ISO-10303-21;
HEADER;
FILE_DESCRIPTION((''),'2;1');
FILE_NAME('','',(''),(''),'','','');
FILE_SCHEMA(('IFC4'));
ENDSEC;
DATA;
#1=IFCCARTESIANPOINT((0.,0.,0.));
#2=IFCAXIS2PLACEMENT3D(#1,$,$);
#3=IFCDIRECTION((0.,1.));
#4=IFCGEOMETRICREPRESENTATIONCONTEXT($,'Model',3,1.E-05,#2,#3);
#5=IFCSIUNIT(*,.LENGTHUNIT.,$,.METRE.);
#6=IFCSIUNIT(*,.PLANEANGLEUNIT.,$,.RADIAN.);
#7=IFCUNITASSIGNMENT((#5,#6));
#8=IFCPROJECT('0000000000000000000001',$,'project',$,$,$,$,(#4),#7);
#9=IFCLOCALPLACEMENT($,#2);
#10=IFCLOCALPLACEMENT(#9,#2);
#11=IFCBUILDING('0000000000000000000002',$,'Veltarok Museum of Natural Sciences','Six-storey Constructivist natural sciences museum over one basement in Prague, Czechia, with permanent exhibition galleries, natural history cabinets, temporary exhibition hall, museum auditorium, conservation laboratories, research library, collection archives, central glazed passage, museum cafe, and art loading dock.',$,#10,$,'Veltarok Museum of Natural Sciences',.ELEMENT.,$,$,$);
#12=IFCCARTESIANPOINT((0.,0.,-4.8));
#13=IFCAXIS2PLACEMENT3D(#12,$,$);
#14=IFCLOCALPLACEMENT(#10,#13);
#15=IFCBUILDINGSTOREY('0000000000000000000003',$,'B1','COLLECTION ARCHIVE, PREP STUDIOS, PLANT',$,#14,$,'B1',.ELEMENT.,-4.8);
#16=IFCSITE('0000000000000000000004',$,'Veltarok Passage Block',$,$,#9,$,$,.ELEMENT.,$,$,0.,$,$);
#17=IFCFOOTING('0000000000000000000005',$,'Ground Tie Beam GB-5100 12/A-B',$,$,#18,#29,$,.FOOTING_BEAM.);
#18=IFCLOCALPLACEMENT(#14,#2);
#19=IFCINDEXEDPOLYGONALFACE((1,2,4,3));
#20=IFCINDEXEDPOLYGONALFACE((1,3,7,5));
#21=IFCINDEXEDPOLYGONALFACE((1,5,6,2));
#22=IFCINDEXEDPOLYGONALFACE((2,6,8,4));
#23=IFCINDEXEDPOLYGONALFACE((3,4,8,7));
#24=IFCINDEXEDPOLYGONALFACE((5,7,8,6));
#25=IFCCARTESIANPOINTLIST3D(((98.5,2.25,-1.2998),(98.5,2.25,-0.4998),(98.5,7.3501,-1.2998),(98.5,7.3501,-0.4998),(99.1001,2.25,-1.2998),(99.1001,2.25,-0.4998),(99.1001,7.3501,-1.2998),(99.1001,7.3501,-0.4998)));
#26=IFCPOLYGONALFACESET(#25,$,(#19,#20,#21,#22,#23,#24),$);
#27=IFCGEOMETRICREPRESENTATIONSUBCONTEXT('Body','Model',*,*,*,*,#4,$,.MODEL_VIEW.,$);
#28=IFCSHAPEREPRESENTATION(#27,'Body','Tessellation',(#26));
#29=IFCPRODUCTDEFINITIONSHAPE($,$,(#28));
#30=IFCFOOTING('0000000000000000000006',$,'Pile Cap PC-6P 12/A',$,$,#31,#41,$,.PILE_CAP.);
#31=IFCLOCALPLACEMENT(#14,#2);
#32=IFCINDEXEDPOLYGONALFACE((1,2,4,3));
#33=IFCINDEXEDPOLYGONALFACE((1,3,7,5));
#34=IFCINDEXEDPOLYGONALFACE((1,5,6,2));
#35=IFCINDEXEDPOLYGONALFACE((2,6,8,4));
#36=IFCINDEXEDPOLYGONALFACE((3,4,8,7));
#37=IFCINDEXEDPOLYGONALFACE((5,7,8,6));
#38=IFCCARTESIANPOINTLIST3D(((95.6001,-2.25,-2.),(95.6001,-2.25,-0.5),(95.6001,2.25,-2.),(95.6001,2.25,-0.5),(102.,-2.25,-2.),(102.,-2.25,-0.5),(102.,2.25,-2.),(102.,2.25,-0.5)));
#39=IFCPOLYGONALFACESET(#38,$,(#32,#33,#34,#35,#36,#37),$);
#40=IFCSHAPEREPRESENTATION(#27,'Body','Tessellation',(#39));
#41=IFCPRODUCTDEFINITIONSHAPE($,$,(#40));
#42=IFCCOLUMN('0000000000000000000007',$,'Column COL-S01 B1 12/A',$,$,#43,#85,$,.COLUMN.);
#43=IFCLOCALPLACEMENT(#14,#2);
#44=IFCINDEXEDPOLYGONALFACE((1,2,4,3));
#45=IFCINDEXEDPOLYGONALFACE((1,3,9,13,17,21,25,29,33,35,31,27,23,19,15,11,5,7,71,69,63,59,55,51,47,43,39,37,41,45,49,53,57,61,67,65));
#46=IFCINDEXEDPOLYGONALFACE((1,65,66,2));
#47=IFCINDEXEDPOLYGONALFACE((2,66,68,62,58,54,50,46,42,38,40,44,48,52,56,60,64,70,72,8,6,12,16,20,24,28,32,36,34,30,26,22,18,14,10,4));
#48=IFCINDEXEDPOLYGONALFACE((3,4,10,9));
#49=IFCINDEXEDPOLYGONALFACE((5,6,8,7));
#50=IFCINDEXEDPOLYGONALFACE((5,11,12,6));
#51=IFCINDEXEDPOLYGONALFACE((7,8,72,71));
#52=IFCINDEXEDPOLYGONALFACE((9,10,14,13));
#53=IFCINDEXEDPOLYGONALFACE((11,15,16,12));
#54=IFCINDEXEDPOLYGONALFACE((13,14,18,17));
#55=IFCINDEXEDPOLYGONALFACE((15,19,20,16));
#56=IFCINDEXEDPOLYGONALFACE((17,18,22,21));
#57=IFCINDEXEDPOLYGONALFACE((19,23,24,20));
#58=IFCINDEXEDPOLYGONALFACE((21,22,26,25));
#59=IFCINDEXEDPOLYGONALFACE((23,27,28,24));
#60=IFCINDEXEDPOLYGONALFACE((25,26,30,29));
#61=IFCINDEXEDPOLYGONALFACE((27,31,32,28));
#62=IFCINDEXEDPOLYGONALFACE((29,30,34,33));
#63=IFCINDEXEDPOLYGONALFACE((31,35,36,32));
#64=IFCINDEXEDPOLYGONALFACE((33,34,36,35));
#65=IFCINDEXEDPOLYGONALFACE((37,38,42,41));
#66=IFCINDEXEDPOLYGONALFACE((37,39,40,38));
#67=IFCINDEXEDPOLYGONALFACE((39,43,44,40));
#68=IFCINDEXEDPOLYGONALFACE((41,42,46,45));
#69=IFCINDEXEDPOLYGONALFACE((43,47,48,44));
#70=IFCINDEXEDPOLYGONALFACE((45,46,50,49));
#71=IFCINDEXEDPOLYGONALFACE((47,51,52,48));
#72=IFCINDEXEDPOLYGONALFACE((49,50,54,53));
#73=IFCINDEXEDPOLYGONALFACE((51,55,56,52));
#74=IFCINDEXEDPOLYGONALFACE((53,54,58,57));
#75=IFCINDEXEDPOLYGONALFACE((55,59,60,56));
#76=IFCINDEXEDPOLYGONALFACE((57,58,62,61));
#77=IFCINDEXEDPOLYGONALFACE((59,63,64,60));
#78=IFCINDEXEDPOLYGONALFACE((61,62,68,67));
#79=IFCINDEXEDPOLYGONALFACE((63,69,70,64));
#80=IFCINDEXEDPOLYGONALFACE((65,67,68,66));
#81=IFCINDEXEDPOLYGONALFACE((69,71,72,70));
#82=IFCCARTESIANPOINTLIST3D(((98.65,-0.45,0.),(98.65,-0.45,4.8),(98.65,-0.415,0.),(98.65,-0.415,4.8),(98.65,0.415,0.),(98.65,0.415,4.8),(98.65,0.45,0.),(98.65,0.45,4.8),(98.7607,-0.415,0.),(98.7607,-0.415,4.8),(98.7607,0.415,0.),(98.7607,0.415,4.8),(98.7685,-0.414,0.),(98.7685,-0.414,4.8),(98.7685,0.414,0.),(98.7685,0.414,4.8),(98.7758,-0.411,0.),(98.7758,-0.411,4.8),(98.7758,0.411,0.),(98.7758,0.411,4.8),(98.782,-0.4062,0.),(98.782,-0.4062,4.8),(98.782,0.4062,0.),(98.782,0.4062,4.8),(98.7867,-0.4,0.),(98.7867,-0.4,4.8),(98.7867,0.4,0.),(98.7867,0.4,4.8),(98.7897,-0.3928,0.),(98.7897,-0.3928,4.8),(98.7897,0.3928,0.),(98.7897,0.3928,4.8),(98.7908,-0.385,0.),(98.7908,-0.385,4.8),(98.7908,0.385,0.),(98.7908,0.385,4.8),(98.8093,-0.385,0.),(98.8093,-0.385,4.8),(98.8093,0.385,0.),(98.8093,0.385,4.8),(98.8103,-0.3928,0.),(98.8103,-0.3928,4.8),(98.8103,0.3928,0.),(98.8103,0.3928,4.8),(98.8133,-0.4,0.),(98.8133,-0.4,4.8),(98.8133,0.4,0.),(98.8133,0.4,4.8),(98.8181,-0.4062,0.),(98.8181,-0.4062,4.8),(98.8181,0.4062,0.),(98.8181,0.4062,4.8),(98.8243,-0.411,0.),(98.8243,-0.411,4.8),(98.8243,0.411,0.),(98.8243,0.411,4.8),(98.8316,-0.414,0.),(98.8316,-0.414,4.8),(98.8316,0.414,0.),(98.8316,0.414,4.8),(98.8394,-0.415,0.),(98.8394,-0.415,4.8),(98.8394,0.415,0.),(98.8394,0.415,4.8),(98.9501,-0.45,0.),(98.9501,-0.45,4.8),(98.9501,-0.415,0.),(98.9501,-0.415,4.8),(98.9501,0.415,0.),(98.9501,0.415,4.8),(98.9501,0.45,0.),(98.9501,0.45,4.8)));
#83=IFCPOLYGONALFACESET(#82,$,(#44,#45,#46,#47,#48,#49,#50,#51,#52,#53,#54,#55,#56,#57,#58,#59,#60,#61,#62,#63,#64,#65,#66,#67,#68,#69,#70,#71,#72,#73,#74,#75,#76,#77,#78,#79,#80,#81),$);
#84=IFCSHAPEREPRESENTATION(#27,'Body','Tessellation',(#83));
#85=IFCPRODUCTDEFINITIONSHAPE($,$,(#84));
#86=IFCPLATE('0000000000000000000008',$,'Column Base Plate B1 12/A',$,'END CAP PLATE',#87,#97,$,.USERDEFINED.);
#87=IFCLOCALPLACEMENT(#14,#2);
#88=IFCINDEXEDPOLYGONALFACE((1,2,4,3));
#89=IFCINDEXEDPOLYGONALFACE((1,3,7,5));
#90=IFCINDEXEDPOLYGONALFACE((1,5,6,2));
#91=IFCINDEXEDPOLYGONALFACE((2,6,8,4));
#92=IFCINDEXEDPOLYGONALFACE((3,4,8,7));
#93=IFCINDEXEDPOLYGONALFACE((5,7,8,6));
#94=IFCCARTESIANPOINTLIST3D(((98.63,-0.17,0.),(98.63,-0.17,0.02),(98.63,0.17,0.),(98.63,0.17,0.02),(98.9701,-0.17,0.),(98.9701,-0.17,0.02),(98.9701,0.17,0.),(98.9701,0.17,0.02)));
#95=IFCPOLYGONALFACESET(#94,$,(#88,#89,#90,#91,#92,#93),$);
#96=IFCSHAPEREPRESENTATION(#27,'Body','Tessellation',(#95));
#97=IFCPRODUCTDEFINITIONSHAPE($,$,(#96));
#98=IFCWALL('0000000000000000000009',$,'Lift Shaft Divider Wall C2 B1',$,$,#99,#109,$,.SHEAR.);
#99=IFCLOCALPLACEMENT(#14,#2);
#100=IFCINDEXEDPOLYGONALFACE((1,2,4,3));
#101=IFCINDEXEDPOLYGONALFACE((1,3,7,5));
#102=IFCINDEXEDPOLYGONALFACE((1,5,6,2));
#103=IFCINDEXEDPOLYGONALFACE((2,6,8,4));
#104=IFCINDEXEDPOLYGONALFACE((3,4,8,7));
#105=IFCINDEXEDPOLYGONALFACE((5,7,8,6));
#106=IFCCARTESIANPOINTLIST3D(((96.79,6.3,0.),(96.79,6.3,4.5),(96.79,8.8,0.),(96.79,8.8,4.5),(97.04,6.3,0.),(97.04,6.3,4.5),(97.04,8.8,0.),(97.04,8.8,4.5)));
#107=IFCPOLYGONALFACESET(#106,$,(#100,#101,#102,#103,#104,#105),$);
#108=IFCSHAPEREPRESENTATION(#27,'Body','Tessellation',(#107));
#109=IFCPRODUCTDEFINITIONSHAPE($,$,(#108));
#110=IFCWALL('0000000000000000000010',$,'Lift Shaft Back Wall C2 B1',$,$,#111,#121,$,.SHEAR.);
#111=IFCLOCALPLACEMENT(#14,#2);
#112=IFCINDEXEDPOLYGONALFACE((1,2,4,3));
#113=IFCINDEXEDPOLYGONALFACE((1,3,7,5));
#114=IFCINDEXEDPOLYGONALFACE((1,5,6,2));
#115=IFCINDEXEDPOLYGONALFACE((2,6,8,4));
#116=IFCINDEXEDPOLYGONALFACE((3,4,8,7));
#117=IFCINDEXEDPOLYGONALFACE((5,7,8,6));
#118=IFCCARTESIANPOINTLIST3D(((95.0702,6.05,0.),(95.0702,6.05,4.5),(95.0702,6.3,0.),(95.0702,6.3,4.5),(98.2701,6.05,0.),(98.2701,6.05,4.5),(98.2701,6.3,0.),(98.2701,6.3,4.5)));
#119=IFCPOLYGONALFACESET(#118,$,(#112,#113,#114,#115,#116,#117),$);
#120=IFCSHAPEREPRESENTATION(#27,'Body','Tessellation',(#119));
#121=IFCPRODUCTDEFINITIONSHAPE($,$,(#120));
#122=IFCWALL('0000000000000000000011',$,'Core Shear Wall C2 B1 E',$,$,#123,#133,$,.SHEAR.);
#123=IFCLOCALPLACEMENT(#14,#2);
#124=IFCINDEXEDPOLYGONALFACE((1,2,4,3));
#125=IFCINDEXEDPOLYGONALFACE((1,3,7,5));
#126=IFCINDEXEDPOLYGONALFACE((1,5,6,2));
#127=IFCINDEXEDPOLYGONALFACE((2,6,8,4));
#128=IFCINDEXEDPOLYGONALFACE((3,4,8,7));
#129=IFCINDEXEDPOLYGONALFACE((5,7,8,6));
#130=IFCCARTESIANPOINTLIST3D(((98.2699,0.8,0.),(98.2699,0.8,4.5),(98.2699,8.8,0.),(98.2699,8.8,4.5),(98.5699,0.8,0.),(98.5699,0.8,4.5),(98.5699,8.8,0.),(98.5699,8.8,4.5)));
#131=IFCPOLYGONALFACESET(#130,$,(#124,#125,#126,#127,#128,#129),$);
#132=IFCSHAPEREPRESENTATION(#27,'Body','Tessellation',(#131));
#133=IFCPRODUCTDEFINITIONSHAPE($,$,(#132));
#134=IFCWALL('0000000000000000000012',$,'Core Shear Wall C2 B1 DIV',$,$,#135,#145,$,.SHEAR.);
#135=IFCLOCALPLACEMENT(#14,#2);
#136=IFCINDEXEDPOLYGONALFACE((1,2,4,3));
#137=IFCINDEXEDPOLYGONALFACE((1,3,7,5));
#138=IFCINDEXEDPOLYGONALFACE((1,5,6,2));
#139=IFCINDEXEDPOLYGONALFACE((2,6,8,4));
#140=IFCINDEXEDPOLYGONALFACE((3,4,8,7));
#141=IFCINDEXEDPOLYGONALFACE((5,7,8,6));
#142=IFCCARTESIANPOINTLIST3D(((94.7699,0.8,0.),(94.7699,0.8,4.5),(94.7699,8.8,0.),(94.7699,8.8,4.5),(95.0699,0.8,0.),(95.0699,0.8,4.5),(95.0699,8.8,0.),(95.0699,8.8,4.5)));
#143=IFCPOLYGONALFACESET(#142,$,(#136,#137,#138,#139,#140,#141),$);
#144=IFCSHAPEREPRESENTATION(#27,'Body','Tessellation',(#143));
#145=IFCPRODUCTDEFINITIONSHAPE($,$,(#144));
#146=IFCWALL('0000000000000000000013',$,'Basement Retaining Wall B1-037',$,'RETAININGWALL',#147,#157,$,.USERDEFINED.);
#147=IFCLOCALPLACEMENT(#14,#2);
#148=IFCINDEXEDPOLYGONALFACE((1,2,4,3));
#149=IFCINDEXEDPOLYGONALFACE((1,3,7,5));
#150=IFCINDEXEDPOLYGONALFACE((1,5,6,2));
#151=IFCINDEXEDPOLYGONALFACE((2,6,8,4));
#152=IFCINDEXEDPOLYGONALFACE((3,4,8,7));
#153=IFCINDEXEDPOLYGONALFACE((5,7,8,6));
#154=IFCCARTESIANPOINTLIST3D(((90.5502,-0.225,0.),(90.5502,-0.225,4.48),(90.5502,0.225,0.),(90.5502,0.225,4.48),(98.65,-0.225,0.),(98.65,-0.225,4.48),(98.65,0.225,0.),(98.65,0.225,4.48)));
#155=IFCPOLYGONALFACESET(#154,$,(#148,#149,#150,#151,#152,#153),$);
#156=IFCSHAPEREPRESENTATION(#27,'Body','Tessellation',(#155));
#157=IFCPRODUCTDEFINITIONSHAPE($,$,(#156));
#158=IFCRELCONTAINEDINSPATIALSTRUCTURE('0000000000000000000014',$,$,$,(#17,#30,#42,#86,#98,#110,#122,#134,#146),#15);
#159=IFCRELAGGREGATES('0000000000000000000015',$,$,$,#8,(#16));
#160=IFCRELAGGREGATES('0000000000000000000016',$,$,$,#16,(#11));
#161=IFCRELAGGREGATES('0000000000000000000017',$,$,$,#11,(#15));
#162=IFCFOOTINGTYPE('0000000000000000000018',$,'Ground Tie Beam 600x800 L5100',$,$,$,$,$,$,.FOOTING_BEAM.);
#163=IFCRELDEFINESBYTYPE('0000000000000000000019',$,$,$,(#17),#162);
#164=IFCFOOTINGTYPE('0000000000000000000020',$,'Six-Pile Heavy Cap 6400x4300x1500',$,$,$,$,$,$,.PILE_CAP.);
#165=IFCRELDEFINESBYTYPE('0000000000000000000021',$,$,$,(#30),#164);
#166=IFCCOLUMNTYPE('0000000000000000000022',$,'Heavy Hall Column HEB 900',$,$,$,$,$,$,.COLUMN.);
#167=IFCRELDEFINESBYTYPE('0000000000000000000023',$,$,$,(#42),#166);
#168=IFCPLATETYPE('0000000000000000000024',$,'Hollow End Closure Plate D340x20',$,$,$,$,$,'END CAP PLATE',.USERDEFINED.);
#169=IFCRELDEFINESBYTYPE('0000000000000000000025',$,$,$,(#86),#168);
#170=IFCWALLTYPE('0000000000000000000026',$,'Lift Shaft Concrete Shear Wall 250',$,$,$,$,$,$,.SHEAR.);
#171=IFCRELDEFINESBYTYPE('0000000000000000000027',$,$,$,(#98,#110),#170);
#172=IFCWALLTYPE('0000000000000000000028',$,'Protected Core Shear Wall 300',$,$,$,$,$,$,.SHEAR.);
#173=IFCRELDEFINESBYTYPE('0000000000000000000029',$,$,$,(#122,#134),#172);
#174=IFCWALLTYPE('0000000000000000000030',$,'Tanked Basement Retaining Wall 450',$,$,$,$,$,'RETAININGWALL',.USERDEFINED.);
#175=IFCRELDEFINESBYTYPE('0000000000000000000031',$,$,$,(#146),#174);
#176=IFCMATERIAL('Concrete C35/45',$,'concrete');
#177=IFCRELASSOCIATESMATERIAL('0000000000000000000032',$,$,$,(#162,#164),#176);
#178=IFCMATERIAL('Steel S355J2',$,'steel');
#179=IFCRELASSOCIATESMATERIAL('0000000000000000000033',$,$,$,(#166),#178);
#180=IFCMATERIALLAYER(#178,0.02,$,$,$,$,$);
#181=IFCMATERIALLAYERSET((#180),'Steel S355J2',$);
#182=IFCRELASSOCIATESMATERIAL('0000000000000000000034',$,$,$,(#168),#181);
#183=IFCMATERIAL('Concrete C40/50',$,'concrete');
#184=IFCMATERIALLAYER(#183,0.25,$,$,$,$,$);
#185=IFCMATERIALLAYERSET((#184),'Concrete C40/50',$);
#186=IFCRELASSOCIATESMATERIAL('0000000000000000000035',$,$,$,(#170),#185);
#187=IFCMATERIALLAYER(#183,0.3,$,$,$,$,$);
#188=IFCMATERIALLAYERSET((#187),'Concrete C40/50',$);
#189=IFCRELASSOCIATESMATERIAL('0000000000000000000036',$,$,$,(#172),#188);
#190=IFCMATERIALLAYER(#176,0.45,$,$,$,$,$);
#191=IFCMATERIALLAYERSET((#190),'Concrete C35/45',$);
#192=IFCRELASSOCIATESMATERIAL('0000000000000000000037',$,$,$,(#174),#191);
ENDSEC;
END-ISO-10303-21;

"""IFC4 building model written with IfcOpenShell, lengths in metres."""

from ifc_helpers import new_model, si_unit, direction, frame, frame_2d, origin, origin_2d, place, context, subcontext, project, spatial, rectangle, i_section, extrude, material, layer, layer_set, material_profile, profile_set, type_object, element, save


model = new_model("IFC4")

# Units and contexts
model_context = context("Model", 3, precision=1e-05, world=origin(), true_north=direction((0.0, 1.0)))
body_context = subcontext(model_context, "Body", "Model", "MODEL_VIEW")
ifc_project = project(units=[si_unit("LENGTHUNIT", "METRE"), si_unit("PLANEANGLEUNIT", "RADIAN")], contexts=[model_context])

# Site, building, storey
site_placement = place(None, origin())
site = spatial("IfcSite", under=ifc_project, at=site_placement, Name="Veltarok Passage Block", CompositionType="ELEMENT", RefElevation=0.0)
building_placement = place(site_placement, origin())
building = spatial("IfcBuilding", under=site, at=building_placement, Name="Veltarok Museum of Natural Sciences", Description="Six-storey Constructivist natural sciences museum over one basement in Prague, Czechia, with permanent exhibition galleries, natural history cabinets, temporary exhibition hall, museum auditorium, conservation laboratories, research library, collection archives, central glazed passage, museum cafe, and art loading dock.", LongName="Veltarok Museum of Natural Sciences", CompositionType="ELEMENT")
storey_placement = place(building_placement, frame((0.0, 0.0, -4.8)))
storey = spatial("IfcBuildingStorey", under=building, at=storey_placement, Name="B1", Description="COLLECTION ARCHIVE, PREP STUDIOS, PLANT", LongName="B1", CompositionType="ELEMENT", Elevation=-4.8)

# Shared definitions
ifc_material_1 = material(Name="Concrete C35/45", Category="concrete")

# Footings
footing_type_1 = type_object("IfcFootingType", Name="Ground Tie Beam 600x800 L5100", PredefinedType="FOOTING_BEAM", material=ifc_material_1)
footing_1_placement = place(storey_placement, frame((98.8, 4.8, -1.2998), z_axis=(0.0, 0.0, 1.0), x_axis=(0.0, 1.0, 0.0)))
element("IfcFooting", 1, at=footing_1_placement, inside=storey, type_object=footing_type_1, Name="Ground Tie Beam GB-5100 12/A-B", PredefinedType="FOOTING_BEAM", context=body_context, shape_type="SweptSolid", body=[
    extrude(rectangle(XDim=5.1001, YDim=0.6001, at=origin_2d()), origin(), (0.0, 0.0, 1.0), 0.8),
])
footing_type_2 = type_object("IfcFootingType", Name="Six-Pile Heavy Cap 6400x4300x1500", PredefinedType="PILE_CAP", material=ifc_material_1)
footing_2_placement = place(storey_placement, frame((98.8, 0.0, -2.0), z_axis=(0.0, 0.0, 1.0), x_axis=(1.0, 0.0, 0.0)))
element("IfcFooting", 2, at=footing_2_placement, inside=storey, type_object=footing_type_2, Name="Pile Cap PC-6P 12/A", PredefinedType="PILE_CAP", context=body_context, shape_type="SweptSolid", body=[
    extrude(rectangle(XDim=6.3999, YDim=4.5, at=origin_2d()), origin(), (0.0, 0.0, 1.0), 1.5),
])

# Column
ifc_material_2 = material(Name="Steel S355J2", Category="steel")
ifc_material_profile_1 = material_profile(ifc_material_2, i_section(OverallWidth=0.3, OverallDepth=0.8999, WebThickness=0.0186, FlangeThickness=0.0349, FilletRadius=0.03, at=origin_2d()), Name="HEB 900")
ifc_profile_set_1 = profile_set([ifc_material_profile_1], Name="Steel S355J2")
column_type = type_object("IfcColumnType", Name="Heavy Hall Column HEB 900", PredefinedType="COLUMN", material=ifc_profile_set_1)
column_placement = place(storey_placement, frame((98.8, 0.0, 0.0), z_axis=(0.0, 0.0, 1.0), x_axis=(1.0, 0.0, 0.0)))
element("IfcColumn", 3, at=column_placement, inside=storey, type_object=column_type, Name="Column COL-S01 B1 12/A", PredefinedType="COLUMN", context=body_context, shape_type="SweptSolid", body=[
    extrude(i_section(OverallWidth=0.3, OverallDepth=0.8999, WebThickness=0.0186, FlangeThickness=0.0349, FilletRadius=0.03, at=origin_2d()), origin(), (0.0, 0.0, 1.0), 4.8),
])

# Plate
ifc_layer_1 = layer(ifc_material_2, 0.02)
ifc_layer_set_1 = layer_set([ifc_layer_1], Name="Steel S355J2")
plate_type = type_object("IfcPlateType", Name="Hollow End Closure Plate D340x20", ElementType="END CAP PLATE", PredefinedType="USERDEFINED", material=ifc_layer_set_1)
plate_placement = place(storey_placement, frame((98.8, 0.0, 0.0), z_axis=(0.0, 0.0, 1.0), x_axis=(1.0, 0.0, 0.0)))
element("IfcPlate", 4, at=plate_placement, inside=storey, type_object=plate_type, Name="Column Base Plate B1 12/A", ObjectType="END CAP PLATE", PredefinedType="USERDEFINED", context=body_context, shape_type="SweptSolid", body=[
    extrude(rectangle(XDim=0.3401, YDim=0.3401, at=origin_2d()), origin(), (0.0, 0.0, 1.0), 0.02),
])

# Walls
ifc_material_3 = material(Name="Concrete C40/50", Category="concrete")
ifc_layer_2 = layer(ifc_material_3, 0.25)
ifc_layer_set_2 = layer_set([ifc_layer_2], Name="Concrete C40/50")
wall_type_1 = type_object("IfcWallType", Name="Lift Shaft Concrete Shear Wall 250", PredefinedType="SHEAR", material=ifc_layer_set_2)
wall_1_placement = place(storey_placement, frame((96.915, 6.3, 0.0), z_axis=(0.0, 0.0, 1.0), x_axis=(0.0, 1.0, 0.0)))
element("IfcWall", 5, at=wall_1_placement, inside=storey, type_object=wall_type_1, Name="Lift Shaft Divider Wall C2 B1", PredefinedType="SHEAR", context=body_context, shape_type="SweptSolid", body=[
    extrude(rectangle(XDim=2.5, YDim=0.25, at=frame_2d((1.25, 0.0))), origin(), (0.0, 0.0, 1.0), 4.5),
])
wall_2_placement = place(storey_placement, frame((95.0701, 6.175, 0.0), z_axis=(0.0, 0.0, 1.0), x_axis=(1.0, 0.0, 0.0)))
element("IfcWall", 6, at=wall_2_placement, inside=storey, type_object=wall_type_1, Name="Lift Shaft Back Wall C2 B1", PredefinedType="SHEAR", context=body_context, shape_type="SweptSolid", body=[
    extrude(rectangle(XDim=3.2, YDim=0.25, at=frame_2d((1.6001, 0.0))), origin(), (0.0, 0.0, 1.0), 4.5),
])
ifc_layer_3 = layer(ifc_material_3, 0.3)
ifc_layer_set_3 = layer_set([ifc_layer_3], Name="Concrete C40/50")
wall_type_2 = type_object("IfcWallType", Name="Protected Core Shear Wall 300", PredefinedType="SHEAR", material=ifc_layer_set_3)
for number, where, z_axis, x_axis, name in (
    (7, (98.4199, 0.8, 0.0), (0.0, 0.0, 1.0), (0.0, 1.0, 0.0), "Core Shear Wall C2 B1 E"),
    (8, (94.9199, 0.8, 0.0), (0.0, 0.0, 1.0), (0.0, 1.0, 0.0), "Core Shear Wall C2 B1 DIV"),
):
    element("IfcWall", number, at=place(storey_placement, frame(where, z_axis=z_axis, x_axis=x_axis)), inside=storey, type_object=wall_type_2, Name=name, PredefinedType="SHEAR", context=body_context, shape_type="SweptSolid", body=[
        extrude(rectangle(XDim=8.0, YDim=0.3, at=frame_2d((4.0, 0.0))), origin(), (0.0, 0.0, 1.0), 4.5),
    ])
ifc_layer_4 = layer(ifc_material_1, 0.45)
ifc_layer_set_4 = layer_set([ifc_layer_4], Name="Concrete C35/45")
wall_type_3 = type_object("IfcWallType", Name="Tanked Basement Retaining Wall 450", ElementType="RETAININGWALL", PredefinedType="USERDEFINED", material=ifc_layer_set_4)
wall_3_placement = place(storey_placement, frame((98.6499, 0.0, 0.0), z_axis=(0.0, 0.0, 1.0), x_axis=(-1.0, 0.0, 0.0)))
element("IfcWall", 9, at=wall_3_placement, inside=storey, type_object=wall_type_3, Name="Basement Retaining Wall B1-037", ObjectType="RETAININGWALL", PredefinedType="USERDEFINED", context=body_context, shape_type="SweptSolid", body=[
    extrude(rectangle(XDim=8.0999, YDim=0.45, at=frame_2d((4.0498, 0.0))), origin(), (0.0, 0.0, 1.0), 4.48),
])

save(model, "model.ifc")
